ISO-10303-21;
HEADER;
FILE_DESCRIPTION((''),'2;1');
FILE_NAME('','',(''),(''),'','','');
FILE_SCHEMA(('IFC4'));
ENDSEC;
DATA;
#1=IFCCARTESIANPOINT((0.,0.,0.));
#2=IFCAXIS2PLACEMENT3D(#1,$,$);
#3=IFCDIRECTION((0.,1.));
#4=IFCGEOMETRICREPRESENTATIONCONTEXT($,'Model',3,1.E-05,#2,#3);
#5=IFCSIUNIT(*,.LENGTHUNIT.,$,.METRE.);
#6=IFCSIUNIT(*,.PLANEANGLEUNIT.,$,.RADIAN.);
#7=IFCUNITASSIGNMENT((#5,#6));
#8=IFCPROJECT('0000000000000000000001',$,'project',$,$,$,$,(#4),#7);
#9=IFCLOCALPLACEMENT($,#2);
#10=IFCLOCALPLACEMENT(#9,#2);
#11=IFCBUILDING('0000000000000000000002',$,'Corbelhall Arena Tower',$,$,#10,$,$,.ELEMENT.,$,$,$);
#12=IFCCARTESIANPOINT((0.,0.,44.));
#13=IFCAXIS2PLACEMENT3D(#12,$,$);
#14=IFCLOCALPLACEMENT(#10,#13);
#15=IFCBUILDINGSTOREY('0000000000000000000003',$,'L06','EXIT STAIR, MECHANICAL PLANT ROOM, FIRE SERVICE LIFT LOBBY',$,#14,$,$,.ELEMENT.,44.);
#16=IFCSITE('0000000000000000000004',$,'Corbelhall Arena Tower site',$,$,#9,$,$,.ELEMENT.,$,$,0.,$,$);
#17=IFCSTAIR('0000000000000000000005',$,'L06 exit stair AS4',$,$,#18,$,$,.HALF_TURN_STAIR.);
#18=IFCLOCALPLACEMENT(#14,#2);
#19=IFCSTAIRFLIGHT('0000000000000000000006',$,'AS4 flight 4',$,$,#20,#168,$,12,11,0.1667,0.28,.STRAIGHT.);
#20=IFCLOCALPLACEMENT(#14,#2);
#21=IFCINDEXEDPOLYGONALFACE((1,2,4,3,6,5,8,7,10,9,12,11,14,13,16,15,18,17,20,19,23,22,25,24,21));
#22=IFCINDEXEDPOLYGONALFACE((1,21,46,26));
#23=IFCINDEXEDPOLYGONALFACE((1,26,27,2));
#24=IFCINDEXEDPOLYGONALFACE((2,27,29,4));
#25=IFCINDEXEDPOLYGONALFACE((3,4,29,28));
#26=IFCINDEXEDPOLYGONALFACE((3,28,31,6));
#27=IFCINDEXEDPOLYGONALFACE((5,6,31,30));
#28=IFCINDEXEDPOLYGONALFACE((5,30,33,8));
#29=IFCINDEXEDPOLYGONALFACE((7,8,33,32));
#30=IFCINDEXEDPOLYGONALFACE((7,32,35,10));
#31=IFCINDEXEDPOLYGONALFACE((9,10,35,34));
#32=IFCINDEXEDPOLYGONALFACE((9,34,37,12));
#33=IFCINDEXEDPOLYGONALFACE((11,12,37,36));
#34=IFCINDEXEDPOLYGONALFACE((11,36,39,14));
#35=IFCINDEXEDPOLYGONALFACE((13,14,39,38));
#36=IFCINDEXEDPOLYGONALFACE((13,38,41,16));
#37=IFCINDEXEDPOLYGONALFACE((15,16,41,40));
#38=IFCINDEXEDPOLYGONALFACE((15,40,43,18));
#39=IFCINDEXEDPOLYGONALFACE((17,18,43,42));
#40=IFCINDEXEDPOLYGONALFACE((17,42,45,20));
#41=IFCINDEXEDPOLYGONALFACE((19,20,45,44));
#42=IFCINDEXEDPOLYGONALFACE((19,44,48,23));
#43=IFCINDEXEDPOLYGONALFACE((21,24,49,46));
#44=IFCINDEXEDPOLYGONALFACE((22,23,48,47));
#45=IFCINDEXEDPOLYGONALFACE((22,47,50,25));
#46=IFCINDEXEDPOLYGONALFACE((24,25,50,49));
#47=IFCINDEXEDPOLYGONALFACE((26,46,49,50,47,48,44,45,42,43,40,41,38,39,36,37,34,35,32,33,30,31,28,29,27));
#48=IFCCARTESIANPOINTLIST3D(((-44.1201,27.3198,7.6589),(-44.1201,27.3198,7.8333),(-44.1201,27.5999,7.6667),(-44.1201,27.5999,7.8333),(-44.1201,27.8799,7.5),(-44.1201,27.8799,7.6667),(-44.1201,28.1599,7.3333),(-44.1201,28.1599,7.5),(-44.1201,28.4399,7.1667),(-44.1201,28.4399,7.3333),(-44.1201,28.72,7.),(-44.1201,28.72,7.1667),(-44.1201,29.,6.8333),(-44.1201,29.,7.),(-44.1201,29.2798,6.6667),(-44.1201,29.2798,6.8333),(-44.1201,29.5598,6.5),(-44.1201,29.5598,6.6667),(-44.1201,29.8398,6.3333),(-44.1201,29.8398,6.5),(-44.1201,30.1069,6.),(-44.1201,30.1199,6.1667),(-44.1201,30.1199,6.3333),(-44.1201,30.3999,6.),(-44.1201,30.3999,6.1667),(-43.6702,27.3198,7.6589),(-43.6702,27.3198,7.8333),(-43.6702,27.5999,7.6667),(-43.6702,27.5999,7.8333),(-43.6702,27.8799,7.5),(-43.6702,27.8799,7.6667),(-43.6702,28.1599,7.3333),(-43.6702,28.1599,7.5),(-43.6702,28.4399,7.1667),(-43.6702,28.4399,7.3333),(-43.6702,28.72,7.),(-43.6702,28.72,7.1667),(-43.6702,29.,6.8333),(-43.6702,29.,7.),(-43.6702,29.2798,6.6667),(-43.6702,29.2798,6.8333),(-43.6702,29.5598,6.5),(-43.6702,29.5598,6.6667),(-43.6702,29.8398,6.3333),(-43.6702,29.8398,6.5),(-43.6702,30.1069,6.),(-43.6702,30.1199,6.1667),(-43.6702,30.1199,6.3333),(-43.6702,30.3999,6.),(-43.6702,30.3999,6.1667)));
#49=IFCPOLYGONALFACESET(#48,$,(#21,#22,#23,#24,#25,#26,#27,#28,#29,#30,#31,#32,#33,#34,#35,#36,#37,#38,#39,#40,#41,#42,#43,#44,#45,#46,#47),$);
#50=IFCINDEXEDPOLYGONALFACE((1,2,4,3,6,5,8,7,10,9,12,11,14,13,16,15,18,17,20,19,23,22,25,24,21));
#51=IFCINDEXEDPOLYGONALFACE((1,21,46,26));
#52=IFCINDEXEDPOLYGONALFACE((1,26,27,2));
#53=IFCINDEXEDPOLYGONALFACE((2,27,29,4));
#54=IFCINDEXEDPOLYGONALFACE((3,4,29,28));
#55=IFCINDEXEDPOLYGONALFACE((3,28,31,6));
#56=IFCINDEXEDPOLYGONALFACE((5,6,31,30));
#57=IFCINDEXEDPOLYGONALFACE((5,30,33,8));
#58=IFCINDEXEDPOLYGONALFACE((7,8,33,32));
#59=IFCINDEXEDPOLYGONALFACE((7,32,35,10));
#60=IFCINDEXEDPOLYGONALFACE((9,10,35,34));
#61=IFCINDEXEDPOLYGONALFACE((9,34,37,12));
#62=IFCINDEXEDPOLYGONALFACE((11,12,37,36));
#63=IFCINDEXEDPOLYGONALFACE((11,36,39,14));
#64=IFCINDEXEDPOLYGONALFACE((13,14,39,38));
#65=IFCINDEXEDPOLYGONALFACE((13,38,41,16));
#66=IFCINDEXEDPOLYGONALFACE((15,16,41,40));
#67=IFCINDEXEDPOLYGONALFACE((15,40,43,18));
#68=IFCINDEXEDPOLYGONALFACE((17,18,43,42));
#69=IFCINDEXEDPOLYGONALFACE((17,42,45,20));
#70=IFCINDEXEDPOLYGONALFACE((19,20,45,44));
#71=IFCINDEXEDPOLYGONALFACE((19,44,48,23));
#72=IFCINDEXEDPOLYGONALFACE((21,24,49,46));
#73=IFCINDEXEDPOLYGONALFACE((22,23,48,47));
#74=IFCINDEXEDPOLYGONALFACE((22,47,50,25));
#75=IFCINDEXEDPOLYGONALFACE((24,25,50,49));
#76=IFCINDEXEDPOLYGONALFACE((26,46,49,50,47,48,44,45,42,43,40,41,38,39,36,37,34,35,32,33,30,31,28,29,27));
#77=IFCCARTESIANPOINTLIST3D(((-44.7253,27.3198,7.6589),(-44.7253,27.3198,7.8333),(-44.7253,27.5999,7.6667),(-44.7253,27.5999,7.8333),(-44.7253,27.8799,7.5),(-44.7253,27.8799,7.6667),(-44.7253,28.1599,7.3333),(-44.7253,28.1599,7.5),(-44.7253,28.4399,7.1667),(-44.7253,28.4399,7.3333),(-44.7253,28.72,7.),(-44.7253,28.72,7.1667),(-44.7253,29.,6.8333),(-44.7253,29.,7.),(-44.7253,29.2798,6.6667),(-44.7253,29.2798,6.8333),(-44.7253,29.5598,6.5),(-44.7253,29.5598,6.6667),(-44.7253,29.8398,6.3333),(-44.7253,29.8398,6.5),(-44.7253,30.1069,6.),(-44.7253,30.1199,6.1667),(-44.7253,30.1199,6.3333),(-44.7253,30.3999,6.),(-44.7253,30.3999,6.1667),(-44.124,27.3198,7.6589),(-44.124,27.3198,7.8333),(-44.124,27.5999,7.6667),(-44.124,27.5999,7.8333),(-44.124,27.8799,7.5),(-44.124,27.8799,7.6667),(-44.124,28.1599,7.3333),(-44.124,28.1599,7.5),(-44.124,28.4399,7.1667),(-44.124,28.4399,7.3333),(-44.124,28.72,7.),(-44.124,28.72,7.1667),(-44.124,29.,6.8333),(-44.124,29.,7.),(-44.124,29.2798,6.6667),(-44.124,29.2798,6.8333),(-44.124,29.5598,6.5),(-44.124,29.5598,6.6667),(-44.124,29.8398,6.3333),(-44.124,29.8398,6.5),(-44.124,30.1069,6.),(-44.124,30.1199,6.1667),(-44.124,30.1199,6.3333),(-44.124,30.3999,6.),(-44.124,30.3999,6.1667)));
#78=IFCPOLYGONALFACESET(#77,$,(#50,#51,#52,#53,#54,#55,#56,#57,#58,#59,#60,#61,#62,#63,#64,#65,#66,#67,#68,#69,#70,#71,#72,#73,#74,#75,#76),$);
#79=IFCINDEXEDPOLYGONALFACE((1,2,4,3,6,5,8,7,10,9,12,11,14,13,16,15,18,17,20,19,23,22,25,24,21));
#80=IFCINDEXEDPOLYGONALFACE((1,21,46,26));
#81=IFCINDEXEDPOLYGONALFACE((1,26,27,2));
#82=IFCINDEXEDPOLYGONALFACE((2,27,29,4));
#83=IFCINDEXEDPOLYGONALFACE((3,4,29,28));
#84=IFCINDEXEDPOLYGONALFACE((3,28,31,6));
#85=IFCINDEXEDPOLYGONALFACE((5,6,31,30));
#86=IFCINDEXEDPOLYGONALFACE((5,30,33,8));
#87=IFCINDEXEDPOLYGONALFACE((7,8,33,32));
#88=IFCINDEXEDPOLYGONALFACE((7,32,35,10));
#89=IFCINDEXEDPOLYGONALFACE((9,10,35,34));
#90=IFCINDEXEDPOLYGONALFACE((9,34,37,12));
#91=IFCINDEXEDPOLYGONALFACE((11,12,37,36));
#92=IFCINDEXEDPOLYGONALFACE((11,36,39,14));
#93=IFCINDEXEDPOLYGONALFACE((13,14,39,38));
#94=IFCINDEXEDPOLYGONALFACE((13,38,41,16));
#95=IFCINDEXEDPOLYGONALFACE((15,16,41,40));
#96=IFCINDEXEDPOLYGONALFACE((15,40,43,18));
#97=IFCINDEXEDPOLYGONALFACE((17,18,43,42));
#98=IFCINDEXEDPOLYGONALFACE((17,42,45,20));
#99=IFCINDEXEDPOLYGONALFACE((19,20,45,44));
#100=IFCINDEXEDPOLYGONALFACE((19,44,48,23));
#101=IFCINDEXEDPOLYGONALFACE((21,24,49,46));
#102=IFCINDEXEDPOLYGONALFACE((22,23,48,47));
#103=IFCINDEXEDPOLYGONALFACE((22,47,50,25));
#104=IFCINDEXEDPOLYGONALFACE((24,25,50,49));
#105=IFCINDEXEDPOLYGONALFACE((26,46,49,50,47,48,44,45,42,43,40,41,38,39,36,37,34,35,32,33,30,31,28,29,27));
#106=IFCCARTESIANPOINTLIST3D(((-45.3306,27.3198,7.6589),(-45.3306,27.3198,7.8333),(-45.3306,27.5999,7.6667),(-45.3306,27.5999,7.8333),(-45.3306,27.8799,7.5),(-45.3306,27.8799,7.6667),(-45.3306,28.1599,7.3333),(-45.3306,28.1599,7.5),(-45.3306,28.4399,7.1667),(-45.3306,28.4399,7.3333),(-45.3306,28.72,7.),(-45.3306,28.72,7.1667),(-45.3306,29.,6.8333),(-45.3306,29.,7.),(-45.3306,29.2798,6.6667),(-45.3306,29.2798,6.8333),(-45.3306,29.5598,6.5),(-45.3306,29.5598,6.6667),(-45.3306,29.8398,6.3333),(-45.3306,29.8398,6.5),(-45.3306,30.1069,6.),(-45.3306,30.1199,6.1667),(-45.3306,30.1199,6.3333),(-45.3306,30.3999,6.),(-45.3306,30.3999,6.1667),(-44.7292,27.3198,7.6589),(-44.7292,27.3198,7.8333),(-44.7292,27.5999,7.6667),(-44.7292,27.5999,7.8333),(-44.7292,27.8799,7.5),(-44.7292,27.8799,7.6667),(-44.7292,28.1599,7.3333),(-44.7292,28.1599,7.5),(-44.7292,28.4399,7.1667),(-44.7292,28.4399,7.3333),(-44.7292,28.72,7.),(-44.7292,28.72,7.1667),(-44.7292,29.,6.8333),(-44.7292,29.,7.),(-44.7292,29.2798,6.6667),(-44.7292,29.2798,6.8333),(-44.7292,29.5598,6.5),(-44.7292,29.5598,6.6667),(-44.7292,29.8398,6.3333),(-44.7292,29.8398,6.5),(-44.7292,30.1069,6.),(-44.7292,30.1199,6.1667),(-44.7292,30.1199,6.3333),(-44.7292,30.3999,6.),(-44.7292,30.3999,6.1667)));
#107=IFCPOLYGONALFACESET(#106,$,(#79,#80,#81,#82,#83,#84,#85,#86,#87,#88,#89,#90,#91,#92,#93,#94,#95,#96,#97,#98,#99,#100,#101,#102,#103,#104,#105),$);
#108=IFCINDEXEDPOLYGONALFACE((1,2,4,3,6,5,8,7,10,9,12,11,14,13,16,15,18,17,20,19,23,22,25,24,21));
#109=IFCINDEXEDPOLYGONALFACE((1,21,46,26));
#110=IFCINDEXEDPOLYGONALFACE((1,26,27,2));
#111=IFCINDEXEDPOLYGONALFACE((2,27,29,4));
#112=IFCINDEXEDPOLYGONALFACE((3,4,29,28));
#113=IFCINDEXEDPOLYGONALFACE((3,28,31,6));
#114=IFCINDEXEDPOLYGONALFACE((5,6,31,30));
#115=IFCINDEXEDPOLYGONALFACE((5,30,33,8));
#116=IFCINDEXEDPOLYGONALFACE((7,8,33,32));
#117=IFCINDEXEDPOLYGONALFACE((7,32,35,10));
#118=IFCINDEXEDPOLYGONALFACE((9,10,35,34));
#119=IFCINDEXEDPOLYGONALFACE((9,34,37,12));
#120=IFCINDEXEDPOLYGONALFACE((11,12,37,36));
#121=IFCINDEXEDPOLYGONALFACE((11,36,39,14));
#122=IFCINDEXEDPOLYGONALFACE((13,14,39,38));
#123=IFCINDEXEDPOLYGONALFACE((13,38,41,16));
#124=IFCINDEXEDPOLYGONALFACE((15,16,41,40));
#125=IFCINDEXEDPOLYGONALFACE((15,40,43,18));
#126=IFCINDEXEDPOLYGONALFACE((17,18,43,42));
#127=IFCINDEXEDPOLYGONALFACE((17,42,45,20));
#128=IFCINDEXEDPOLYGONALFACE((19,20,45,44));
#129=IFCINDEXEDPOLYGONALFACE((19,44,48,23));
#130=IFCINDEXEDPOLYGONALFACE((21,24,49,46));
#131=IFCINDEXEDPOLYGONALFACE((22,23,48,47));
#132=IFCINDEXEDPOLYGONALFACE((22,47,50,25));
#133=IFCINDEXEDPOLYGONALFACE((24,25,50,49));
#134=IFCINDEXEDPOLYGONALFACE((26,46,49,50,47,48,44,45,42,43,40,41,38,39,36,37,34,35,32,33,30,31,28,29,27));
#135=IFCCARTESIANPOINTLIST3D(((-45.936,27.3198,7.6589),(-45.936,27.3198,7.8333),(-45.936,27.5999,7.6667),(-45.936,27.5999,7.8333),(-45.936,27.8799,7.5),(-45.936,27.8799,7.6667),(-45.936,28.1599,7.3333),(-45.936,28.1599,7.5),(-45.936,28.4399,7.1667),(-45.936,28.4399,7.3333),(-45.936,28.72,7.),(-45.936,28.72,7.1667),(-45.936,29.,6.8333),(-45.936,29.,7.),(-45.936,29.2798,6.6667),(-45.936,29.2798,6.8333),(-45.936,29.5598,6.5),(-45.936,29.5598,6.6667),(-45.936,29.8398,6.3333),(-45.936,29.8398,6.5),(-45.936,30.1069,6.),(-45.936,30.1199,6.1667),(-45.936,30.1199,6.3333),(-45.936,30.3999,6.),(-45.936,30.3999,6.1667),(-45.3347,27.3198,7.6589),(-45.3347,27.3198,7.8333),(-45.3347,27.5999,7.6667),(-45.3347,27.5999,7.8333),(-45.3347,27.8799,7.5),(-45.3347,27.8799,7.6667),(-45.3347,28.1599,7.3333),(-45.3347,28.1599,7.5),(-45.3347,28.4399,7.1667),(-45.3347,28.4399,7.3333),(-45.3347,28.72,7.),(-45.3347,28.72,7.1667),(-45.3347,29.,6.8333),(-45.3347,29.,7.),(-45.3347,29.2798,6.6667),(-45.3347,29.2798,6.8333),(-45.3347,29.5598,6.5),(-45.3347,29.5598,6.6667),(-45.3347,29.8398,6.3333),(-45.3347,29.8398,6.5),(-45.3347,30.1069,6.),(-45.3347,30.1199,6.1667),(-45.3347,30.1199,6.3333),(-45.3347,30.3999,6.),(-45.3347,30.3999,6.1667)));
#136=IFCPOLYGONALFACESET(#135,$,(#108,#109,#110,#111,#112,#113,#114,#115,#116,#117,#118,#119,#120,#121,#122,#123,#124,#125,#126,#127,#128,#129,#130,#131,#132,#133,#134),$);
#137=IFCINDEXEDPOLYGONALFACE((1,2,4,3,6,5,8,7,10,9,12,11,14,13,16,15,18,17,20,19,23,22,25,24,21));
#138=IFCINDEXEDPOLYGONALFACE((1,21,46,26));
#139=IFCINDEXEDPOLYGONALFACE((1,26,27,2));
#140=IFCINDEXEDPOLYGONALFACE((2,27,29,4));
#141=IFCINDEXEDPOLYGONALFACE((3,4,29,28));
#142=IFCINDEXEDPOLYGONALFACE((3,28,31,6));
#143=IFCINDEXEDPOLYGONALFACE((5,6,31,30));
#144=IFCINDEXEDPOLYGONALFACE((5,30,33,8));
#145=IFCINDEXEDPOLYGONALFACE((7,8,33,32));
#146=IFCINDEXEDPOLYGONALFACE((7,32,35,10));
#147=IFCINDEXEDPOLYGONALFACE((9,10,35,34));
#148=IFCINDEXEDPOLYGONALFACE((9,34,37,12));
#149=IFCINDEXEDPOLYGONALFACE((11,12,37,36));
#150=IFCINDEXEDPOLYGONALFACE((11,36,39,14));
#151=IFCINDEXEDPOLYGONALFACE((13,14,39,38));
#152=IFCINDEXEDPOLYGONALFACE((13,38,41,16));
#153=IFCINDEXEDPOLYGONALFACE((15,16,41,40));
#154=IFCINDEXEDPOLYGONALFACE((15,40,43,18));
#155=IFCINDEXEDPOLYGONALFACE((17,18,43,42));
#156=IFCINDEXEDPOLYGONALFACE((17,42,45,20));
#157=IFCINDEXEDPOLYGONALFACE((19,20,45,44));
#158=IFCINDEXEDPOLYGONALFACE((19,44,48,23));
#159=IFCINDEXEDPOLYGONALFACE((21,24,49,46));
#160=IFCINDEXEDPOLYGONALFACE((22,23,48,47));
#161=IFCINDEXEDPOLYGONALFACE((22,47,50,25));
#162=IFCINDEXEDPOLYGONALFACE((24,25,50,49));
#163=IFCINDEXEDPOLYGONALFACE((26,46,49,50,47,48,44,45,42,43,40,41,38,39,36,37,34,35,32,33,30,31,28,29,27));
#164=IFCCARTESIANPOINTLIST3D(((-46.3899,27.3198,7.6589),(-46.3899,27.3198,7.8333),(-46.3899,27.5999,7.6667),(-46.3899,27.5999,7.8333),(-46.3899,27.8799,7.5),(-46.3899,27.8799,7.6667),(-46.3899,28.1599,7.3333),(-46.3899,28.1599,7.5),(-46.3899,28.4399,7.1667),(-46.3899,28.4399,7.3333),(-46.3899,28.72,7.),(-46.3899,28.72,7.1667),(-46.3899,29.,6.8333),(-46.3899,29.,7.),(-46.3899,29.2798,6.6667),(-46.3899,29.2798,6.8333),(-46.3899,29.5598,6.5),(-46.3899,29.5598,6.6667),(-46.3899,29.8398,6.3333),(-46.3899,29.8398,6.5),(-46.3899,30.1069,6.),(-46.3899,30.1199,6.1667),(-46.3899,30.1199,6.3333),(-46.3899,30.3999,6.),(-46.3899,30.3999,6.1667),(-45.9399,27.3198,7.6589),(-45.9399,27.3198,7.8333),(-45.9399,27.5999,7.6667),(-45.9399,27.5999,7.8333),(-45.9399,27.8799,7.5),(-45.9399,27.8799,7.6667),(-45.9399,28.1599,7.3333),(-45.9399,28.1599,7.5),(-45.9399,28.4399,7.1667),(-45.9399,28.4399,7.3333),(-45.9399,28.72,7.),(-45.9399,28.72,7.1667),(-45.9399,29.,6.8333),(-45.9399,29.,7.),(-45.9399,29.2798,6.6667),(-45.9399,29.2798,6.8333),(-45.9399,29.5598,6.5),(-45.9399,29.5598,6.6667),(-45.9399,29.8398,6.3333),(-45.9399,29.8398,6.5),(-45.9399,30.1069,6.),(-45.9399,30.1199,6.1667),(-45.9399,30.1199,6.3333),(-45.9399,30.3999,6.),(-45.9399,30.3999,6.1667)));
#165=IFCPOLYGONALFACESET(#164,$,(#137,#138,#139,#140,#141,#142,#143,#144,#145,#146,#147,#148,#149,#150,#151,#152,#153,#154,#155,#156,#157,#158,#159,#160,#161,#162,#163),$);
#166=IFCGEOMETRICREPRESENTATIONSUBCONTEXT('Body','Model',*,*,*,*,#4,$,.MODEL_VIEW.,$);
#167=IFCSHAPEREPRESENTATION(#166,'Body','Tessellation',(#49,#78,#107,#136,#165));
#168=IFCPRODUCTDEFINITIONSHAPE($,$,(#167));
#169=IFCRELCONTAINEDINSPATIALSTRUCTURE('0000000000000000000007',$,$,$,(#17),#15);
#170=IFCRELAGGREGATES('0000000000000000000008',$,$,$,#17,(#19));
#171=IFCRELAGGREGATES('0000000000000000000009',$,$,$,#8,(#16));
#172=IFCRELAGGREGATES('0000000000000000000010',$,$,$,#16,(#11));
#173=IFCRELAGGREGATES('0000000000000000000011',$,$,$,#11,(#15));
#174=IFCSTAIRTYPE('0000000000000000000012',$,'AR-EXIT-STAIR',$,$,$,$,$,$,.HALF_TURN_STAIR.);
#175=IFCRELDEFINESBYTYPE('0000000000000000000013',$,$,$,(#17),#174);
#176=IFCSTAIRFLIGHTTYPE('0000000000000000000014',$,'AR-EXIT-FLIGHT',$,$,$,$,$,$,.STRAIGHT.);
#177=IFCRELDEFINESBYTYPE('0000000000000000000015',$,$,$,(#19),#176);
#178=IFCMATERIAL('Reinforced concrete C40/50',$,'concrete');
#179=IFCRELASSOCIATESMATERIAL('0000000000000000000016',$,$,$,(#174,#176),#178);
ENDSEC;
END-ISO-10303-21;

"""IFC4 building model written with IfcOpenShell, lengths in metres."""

from ifc_helpers import new_model, si_unit, direction, frame, origin, place, context, subcontext, project, spatial, polyline, outline, extrude, material, type_object, element, aggregate, save


model = new_model("IFC4")

# Units and contexts
model_context = context("Model", 3, precision=1e-05, world=origin(), true_north=direction((0.0, 1.0)))
body_context = subcontext(model_context, "Body", "Model", "MODEL_VIEW")
ifc_project = project(units=[si_unit("LENGTHUNIT", "METRE"), si_unit("PLANEANGLEUNIT", "RADIAN")], contexts=[model_context])

# Site, building, storey
site_placement = place(None, origin())
site = spatial("IfcSite", under=ifc_project, at=site_placement, Name="Corbelhall Arena Tower site", CompositionType="ELEMENT", RefElevation=0.0)
building_placement = place(site_placement, origin())
building = spatial("IfcBuilding", under=site, at=building_placement, Name="Corbelhall Arena Tower", CompositionType="ELEMENT")
storey_placement = place(building_placement, frame((0.0, 0.0, 44.0)))
storey = spatial("IfcBuildingStorey", under=building, at=storey_placement, Name="L06", Description="EXIT STAIR, MECHANICAL PLANT ROOM, FIRE SERVICE LIFT LOBBY", CompositionType="ELEMENT", Elevation=44.0)

# Shared definitions
ifc_material_1 = material(Name="Reinforced concrete C40/50", Category="concrete")

# Stair, stair flight
stair_type = type_object("IfcStairType", Name="AR-EXIT-STAIR", PredefinedType="HALF_TURN_STAIR", material=ifc_material_1)
stair_flight_type = type_object("IfcStairFlightType", Name="AR-EXIT-FLIGHT", PredefinedType="STRAIGHT", material=ifc_material_1)
stair_1_placement = place(storey_placement, origin())
stair_1 = element("IfcStair", 1, at=stair_1_placement, inside=storey, type_object=stair_type, Name="L06 exit stair AS4", PredefinedType="HALF_TURN_STAIR")
stair_flight_1_placement = place(storey_placement, frame((-45.03, 30.3999, 6.0), z_axis=(0.0, 0.0, 1.0), x_axis=(0.0, -1.0, 0.0)))
stair_flight_1 = element("IfcStairFlight", 2, at=stair_flight_1_placement, type_object=stair_flight_type, Name="AS4 flight 4", NumberOfRisers=12, NumberOfTreads=11, PredefinedType="STRAIGHT", RiserHeight=0.1667, TreadLength=0.28, context=body_context, shape_type="SweptSolid", body=[
    extrude(outline(polyline([(0.0, 0.0), (0.0, 0.1667), (0.28, 0.1667), (0.28, 0.3333), (0.5601, 0.3333), (0.5601, 0.5), (0.8401, 0.5), (0.8401, 0.6667), (1.1201, 0.6667), (1.1201, 0.8333), (1.3999, 0.8333), (1.3999, 1.0), (1.6799, 1.0), (1.6799, 1.1667), (1.96, 1.1667), (1.96, 1.3333), (2.24, 1.3333), (2.24, 1.5), (2.52, 1.5), (2.52, 1.6667), (2.8, 1.6667), (2.8, 1.8333), (3.0801, 1.8333), (3.0801, 2.0), (3.0801, 1.6589), (0.293, 0.0), (0.0, 0.0)])), frame((0.0, 1.3599, 0.0), z_axis=(0.0, -1.0, 0.0), x_axis=(1.0, 0.0, 0.0)), (0.0, 0.0, 1.0), 0.45),
    extrude(outline(polyline([(0.0, 0.0), (0.0, 0.1667), (0.28, 0.1667), (0.28, 0.3333), (0.5601, 0.3333), (0.5601, 0.5), (0.8401, 0.5), (0.8401, 0.6667), (1.1201, 0.6667), (1.1201, 0.8333), (1.3999, 0.8333), (1.3999, 1.0), (1.6799, 1.0), (1.6799, 1.1667), (1.96, 1.1667), (1.96, 1.3333), (2.24, 1.3333), (2.24, 1.5), (2.52, 1.5), (2.52, 1.6667), (2.8, 1.6667), (2.8, 1.8333), (3.0801, 1.8333), (3.0801, 2.0), (3.0801, 1.6589), (0.293, 0.0), (0.0, 0.0)])), frame((0.0, 0.906, 0.0), z_axis=(0.0, -1.0, 0.0), x_axis=(1.0, 0.0, 0.0)), (0.0, 0.0, 1.0), 0.6013),
    extrude(outline(polyline([(0.0, 0.0), (0.0, 0.1667), (0.28, 0.1667), (0.28, 0.3333), (0.5601, 0.3333), (0.5601, 0.5), (0.8401, 0.5), (0.8401, 0.6667), (1.1201, 0.6667), (1.1201, 0.8333), (1.3999, 0.8333), (1.3999, 1.0), (1.6799, 1.0), (1.6799, 1.1667), (1.96, 1.1667), (1.96, 1.3333), (2.24, 1.3333), (2.24, 1.5), (2.52, 1.5), (2.52, 1.6667), (2.8, 1.6667), (2.8, 1.8333), (3.0801, 1.8333), (3.0801, 2.0), (3.0801, 1.6589), (0.293, 0.0), (0.0, 0.0)])), frame((0.0, 0.3008, 0.0), z_axis=(0.0, -1.0, 0.0), x_axis=(1.0, 0.0, 0.0)), (0.0, 0.0, 1.0), 0.6013),
    extrude(outline(polyline([(0.0, 0.0), (0.0, 0.1667), (0.28, 0.1667), (0.28, 0.3333), (0.5601, 0.3333), (0.5601, 0.5), (0.8401, 0.5), (0.8401, 0.6667), (1.1201, 0.6667), (1.1201, 0.8333), (1.3999, 0.8333), (1.3999, 1.0), (1.6799, 1.0), (1.6799, 1.1667), (1.96, 1.1667), (1.96, 1.3333), (2.24, 1.3333), (2.24, 1.5), (2.52, 1.5), (2.52, 1.6667), (2.8, 1.6667), (2.8, 1.8333), (3.0801, 1.8333), (3.0801, 2.0), (3.0801, 1.6589), (0.293, 0.0), (0.0, 0.0)])), frame((0.0, -0.3047, 0.0), z_axis=(0.0, -1.0, 0.0), x_axis=(1.0, 0.0, 0.0)), (0.0, 0.0, 1.0), 0.6013),
    extrude(outline(polyline([(0.0, 0.0), (0.0, 0.1667), (0.28, 0.1667), (0.28, 0.3333), (0.5601, 0.3333), (0.5601, 0.5), (0.8401, 0.5), (0.8401, 0.6667), (1.1201, 0.6667), (1.1201, 0.8333), (1.3999, 0.8333), (1.3999, 1.0), (1.6799, 1.0), (1.6799, 1.1667), (1.96, 1.1667), (1.96, 1.3333), (2.24, 1.3333), (2.24, 1.5), (2.52, 1.5), (2.52, 1.6667), (2.8, 1.6667), (2.8, 1.8333), (3.0801, 1.8333), (3.0801, 2.0), (3.0801, 1.6589), (0.293, 0.0), (0.0, 0.0)])), frame((0.0, -0.9099, 0.0), z_axis=(0.0, -1.0, 0.0), x_axis=(1.0, 0.0, 0.0)), (0.0, 0.0, 1.0), 0.45),
])
aggregate(stair_1, [stair_flight_1])

save(model, "model.ifc")
